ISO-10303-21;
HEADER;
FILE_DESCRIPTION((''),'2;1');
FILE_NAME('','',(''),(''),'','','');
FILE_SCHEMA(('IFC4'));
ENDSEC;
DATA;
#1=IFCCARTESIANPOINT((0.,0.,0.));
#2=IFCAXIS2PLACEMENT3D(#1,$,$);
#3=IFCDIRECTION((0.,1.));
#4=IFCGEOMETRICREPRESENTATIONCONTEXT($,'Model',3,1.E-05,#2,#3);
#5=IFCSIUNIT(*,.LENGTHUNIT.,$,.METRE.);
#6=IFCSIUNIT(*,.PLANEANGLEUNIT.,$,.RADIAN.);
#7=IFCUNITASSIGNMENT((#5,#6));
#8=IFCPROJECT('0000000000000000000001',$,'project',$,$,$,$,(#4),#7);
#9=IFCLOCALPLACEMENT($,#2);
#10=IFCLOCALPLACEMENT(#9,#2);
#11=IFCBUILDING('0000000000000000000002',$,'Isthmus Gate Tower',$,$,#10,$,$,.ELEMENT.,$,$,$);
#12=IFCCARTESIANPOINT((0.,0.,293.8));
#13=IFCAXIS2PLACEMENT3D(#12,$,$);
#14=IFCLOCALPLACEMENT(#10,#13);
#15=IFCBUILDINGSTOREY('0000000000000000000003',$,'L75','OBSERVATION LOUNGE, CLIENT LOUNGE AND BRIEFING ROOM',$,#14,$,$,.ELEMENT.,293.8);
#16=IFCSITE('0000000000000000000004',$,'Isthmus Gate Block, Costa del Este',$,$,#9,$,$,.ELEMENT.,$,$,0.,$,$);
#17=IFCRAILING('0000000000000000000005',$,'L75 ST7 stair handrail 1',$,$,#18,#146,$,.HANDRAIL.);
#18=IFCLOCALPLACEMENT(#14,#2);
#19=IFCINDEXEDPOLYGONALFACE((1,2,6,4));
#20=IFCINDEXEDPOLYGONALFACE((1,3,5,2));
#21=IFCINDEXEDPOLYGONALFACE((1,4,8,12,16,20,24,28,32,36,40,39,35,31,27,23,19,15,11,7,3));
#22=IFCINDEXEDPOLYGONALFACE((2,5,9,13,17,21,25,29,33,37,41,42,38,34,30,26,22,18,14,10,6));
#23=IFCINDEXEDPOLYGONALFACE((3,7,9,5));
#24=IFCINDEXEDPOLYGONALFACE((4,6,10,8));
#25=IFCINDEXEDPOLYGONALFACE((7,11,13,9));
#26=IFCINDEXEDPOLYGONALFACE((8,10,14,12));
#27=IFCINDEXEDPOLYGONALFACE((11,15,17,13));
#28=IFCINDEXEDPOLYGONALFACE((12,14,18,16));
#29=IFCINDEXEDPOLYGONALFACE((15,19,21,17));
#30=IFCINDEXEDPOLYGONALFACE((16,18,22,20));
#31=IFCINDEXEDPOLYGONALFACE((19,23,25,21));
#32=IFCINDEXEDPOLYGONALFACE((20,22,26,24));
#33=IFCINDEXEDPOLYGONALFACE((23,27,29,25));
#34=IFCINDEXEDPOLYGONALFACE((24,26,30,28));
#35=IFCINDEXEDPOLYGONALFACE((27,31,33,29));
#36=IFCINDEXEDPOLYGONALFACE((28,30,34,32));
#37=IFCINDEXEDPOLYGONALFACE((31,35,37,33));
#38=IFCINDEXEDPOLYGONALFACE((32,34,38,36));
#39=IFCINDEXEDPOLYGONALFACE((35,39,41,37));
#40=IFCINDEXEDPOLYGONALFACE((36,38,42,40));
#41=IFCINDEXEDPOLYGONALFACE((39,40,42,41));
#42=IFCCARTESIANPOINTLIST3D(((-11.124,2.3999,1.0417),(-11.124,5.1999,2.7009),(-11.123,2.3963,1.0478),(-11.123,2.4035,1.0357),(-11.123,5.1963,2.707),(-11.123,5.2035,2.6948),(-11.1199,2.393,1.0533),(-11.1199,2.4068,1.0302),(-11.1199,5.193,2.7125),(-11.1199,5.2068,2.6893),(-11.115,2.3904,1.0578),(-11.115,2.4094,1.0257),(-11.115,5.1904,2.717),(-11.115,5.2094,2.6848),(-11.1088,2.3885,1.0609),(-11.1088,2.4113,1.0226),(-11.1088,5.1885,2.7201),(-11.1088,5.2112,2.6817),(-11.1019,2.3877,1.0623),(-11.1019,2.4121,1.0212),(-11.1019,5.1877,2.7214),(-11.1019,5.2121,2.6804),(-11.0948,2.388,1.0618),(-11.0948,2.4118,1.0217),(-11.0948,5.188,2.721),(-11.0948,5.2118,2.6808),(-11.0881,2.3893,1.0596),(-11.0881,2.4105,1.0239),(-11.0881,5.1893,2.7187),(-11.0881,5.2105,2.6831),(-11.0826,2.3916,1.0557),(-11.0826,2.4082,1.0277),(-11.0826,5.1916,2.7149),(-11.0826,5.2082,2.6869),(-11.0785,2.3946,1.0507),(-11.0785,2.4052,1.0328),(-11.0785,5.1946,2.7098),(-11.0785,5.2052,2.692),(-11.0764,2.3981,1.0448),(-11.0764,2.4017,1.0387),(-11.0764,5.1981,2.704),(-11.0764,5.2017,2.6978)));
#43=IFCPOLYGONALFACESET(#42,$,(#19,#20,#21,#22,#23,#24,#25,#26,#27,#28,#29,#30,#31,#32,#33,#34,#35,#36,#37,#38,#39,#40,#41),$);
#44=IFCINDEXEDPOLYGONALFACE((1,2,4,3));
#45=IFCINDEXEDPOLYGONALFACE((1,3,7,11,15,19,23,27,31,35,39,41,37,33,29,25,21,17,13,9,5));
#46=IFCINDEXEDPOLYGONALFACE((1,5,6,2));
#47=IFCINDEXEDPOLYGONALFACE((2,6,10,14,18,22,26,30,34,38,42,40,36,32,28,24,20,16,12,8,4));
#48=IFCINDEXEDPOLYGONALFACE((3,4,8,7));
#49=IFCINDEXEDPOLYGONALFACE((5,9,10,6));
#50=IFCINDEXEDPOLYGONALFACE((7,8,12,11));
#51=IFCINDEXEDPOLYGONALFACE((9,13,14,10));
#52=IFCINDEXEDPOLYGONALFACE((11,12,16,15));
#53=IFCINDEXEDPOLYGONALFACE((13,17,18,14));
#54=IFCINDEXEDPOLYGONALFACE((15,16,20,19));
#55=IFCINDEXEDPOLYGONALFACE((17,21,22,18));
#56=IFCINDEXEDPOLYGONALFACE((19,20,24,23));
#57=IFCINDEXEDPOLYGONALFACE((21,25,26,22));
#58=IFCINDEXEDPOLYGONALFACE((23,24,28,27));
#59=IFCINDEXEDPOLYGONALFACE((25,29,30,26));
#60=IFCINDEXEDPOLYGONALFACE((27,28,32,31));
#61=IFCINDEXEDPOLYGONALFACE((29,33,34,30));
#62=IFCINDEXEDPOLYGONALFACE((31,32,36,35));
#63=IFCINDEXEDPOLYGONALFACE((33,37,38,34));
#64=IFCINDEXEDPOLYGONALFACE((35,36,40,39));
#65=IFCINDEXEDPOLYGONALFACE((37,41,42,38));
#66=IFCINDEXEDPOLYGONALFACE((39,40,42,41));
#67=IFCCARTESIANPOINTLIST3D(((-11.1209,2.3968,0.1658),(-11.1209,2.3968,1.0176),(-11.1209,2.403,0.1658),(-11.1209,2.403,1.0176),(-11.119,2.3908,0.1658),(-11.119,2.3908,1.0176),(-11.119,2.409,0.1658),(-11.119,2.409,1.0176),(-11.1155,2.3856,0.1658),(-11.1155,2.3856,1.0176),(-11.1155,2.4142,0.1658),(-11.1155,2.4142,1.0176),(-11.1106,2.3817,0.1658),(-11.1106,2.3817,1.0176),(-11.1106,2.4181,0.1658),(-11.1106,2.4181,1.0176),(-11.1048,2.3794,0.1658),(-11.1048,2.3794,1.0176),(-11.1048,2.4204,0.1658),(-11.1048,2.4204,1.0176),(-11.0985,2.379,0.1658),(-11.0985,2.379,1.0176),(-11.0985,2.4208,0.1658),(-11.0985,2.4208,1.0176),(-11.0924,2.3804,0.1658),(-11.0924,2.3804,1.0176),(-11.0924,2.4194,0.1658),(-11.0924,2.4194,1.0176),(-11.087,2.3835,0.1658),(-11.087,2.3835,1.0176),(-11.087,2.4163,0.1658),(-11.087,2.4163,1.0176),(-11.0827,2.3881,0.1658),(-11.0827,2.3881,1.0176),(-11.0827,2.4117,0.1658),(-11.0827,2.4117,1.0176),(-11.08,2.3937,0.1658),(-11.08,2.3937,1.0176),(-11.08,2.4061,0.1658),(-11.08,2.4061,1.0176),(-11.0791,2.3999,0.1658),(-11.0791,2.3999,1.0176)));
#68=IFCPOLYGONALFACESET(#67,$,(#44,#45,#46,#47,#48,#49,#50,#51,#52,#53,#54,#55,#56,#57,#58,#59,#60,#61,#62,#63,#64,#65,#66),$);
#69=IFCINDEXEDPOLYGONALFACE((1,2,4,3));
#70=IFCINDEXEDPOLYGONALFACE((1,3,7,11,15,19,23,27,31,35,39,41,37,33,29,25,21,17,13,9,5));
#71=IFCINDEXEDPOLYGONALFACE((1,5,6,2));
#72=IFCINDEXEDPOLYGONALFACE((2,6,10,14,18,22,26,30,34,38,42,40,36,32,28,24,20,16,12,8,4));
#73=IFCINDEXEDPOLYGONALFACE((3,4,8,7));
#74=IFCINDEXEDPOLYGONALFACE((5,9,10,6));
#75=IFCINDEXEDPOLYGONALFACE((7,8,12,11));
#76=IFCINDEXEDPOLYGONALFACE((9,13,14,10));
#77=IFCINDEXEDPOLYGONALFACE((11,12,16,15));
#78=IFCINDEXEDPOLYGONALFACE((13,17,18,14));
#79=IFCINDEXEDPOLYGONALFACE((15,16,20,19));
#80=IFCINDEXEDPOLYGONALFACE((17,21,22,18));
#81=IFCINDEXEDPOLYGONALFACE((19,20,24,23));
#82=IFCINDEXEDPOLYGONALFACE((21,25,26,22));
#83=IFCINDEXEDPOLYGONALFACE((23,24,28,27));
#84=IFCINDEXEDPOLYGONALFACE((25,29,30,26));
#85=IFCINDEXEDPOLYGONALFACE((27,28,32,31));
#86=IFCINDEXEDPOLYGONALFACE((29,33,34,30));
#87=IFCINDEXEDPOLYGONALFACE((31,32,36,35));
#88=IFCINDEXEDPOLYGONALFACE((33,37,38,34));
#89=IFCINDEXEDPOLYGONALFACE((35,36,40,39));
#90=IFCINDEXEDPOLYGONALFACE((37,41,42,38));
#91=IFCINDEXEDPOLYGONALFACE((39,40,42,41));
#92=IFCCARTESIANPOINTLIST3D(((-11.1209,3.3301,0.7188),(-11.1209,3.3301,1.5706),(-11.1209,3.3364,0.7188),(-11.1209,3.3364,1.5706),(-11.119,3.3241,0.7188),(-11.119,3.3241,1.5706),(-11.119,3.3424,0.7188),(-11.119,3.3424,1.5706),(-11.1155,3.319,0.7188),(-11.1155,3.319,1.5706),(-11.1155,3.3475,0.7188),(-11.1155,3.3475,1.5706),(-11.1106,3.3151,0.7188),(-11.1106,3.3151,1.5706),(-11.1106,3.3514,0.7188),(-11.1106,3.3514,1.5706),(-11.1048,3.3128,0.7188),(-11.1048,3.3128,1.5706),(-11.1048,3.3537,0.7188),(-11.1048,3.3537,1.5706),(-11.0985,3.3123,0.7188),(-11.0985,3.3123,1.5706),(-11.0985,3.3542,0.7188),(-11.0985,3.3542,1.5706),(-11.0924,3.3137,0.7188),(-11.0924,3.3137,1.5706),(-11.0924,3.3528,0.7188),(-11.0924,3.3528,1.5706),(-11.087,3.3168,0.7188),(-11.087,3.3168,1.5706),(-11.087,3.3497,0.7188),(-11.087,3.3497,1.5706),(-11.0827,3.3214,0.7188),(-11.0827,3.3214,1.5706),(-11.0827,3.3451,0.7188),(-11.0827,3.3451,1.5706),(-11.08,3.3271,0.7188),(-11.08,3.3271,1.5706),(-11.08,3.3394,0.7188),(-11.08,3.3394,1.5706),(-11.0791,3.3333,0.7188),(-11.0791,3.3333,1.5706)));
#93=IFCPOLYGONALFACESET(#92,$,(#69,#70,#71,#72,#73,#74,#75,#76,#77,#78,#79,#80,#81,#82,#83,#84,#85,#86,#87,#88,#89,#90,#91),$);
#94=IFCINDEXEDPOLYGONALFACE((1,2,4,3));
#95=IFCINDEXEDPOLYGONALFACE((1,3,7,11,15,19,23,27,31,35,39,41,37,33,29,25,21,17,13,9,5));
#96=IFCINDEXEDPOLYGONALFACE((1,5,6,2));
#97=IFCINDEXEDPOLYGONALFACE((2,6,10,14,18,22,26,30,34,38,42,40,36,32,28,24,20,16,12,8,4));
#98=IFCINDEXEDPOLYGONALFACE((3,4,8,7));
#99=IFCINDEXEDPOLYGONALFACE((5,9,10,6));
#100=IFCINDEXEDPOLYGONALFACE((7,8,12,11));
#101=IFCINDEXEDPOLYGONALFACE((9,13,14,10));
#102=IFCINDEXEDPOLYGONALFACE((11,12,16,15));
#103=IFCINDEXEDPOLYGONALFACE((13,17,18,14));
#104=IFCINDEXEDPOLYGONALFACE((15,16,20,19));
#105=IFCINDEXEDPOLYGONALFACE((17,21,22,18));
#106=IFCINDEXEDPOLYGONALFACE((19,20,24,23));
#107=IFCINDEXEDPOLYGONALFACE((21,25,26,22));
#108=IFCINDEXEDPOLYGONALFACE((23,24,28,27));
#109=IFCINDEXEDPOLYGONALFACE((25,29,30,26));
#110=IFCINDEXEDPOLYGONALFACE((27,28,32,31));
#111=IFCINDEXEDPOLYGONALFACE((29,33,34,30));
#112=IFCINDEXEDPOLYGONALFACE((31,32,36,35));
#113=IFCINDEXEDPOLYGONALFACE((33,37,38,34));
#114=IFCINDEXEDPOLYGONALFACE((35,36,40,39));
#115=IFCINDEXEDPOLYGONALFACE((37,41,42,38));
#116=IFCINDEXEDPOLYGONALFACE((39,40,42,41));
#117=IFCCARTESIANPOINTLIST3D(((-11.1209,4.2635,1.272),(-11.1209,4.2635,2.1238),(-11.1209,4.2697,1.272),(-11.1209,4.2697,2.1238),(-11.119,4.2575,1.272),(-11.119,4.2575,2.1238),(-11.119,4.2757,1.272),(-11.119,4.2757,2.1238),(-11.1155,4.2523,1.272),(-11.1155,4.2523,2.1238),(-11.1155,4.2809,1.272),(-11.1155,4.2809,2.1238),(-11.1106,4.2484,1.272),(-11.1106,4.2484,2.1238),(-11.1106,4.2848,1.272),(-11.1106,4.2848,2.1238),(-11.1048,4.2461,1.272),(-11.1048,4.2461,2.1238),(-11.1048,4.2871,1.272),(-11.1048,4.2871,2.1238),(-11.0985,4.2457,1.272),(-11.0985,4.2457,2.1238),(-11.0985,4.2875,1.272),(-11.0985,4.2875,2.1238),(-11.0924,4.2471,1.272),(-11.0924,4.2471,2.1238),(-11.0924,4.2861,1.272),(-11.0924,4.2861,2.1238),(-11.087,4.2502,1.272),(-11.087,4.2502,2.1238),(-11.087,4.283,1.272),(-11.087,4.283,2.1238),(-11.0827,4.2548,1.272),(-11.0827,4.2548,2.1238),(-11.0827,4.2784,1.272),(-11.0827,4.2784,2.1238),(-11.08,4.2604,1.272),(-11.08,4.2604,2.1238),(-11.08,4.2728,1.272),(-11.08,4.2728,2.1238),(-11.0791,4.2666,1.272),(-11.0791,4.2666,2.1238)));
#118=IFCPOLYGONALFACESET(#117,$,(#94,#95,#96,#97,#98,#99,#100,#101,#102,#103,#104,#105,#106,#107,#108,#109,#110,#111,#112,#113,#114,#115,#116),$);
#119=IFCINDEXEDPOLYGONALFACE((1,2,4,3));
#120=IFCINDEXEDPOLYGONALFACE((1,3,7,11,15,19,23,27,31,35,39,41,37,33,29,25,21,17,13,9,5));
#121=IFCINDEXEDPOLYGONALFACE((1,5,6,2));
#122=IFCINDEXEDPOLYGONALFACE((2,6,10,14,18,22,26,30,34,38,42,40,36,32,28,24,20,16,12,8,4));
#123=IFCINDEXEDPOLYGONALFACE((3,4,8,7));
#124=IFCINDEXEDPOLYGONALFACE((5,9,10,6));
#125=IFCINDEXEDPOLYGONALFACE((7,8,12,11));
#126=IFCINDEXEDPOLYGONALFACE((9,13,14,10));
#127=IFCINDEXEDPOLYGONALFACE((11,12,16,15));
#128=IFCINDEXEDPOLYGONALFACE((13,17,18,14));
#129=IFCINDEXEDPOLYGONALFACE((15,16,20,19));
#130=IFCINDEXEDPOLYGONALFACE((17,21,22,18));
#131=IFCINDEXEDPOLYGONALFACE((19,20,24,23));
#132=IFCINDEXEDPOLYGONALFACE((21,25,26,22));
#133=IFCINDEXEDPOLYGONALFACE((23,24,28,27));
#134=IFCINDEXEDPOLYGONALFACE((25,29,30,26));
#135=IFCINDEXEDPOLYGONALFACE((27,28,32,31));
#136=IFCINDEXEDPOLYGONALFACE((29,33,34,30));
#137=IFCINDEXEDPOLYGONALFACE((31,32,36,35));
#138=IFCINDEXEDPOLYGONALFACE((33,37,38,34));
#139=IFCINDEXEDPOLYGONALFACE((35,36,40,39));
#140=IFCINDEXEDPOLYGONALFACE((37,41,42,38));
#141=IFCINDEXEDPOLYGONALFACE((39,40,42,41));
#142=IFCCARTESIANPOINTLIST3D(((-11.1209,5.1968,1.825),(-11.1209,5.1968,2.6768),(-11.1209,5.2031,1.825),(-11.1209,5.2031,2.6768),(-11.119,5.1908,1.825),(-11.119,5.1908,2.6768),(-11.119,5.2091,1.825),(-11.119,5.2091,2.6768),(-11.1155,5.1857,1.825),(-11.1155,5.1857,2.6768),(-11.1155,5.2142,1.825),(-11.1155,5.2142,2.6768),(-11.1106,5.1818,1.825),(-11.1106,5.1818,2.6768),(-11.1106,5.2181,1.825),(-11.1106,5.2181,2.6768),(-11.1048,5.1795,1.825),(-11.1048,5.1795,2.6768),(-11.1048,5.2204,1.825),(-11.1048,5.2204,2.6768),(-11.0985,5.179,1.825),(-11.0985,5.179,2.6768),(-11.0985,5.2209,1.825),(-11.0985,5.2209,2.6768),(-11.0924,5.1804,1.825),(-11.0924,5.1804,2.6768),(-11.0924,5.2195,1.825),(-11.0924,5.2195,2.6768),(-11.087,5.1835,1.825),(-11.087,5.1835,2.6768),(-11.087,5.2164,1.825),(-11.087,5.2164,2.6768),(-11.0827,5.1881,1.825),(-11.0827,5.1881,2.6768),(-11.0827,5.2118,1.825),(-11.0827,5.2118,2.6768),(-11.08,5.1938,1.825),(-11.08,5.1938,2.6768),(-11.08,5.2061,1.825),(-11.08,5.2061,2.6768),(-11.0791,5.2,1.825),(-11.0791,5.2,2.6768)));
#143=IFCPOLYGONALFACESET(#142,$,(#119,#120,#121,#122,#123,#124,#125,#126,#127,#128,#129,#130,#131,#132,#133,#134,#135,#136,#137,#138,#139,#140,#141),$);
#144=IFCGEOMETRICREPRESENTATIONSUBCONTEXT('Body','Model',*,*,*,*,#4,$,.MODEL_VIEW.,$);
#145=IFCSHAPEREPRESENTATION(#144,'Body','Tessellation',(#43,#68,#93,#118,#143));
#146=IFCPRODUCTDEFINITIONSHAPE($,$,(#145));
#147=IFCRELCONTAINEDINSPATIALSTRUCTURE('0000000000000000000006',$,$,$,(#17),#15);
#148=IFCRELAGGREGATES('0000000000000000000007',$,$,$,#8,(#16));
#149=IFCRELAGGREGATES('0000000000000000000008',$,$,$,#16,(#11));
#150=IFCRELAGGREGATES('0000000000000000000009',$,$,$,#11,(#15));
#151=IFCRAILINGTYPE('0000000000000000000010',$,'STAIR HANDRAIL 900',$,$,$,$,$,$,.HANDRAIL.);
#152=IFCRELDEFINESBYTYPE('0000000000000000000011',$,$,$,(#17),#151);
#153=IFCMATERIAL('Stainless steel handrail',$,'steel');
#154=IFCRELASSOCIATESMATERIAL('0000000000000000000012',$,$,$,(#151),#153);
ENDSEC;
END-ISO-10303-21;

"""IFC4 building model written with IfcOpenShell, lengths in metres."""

from ifc_helpers import new_model, si_unit, direction, frame, origin, origin_2d, place, context, subcontext, project, spatial, circle, extrude, material, type_object, element, save


model = new_model("IFC4")

# Units and contexts
model_context = context("Model", 3, precision=1e-05, world=origin(), true_north=direction((0.0, 1.0)))
body_context = subcontext(model_context, "Body", "Model", "MODEL_VIEW")
ifc_project = project(units=[si_unit("LENGTHUNIT", "METRE"), si_unit("PLANEANGLEUNIT", "RADIAN")], contexts=[model_context])

# Site, building, storey
site_placement = place(None, origin())
site = spatial("IfcSite", under=ifc_project, at=site_placement, Name="Isthmus Gate Block, Costa del Este", CompositionType="ELEMENT", RefElevation=0.0)
building_placement = place(site_placement, origin())
building = spatial("IfcBuilding", under=site, at=building_placement, Name="Isthmus Gate Tower", CompositionType="ELEMENT")
storey_placement = place(building_placement, frame((0.0, 0.0, 293.8)))
storey = spatial("IfcBuildingStorey", under=building, at=storey_placement, Name="L75", Description="OBSERVATION LOUNGE, CLIENT LOUNGE AND BRIEFING ROOM", CompositionType="ELEMENT", Elevation=293.8)

# Railing
ifc_material_1 = material(Name="Stainless steel handrail", Category="steel")
railing_type_1 = type_object("IfcRailingType", Name="STAIR HANDRAIL 900", PredefinedType="HANDRAIL", material=ifc_material_1)
railing_1_placement = place(storey_placement, frame((-11.1001, 2.3999, 0.1658)))
element("IfcRailing", 1, at=railing_1_placement, inside=storey, type_object=railing_type_1, Name="L75 ST7 stair handrail 1", PredefinedType="HANDRAIL", context=body_context, shape_type="SweptSolid", body=[
    extrude(circle(Radius=0.0239, at=origin_2d()), frame((0.0, 0.0, 0.876), z_axis=(0.0, 0.860306, 0.509778), x_axis=(-1.0, 0.0, 0.0)), (0.0, 0.0, 1.0), 3.2546),
    extrude(circle(Radius=0.021, at=origin_2d()), origin(), (0.0, 0.0, 1.0), 0.8518),
    extrude(circle(Radius=0.021, at=origin_2d()), frame((0.0, 0.9333, 0.553)), (0.0, 0.0, 1.0), 0.8518),
    extrude(circle(Radius=0.021, at=origin_2d()), frame((0.0, 1.8667, 1.1062)), (0.0, 0.0, 1.0), 0.8518),
    extrude(circle(Radius=0.021, at=origin_2d()), frame((0.0, 2.8, 1.6592)), (0.0, 0.0, 1.0), 0.8518),
])

save(model, "model.ifc")
